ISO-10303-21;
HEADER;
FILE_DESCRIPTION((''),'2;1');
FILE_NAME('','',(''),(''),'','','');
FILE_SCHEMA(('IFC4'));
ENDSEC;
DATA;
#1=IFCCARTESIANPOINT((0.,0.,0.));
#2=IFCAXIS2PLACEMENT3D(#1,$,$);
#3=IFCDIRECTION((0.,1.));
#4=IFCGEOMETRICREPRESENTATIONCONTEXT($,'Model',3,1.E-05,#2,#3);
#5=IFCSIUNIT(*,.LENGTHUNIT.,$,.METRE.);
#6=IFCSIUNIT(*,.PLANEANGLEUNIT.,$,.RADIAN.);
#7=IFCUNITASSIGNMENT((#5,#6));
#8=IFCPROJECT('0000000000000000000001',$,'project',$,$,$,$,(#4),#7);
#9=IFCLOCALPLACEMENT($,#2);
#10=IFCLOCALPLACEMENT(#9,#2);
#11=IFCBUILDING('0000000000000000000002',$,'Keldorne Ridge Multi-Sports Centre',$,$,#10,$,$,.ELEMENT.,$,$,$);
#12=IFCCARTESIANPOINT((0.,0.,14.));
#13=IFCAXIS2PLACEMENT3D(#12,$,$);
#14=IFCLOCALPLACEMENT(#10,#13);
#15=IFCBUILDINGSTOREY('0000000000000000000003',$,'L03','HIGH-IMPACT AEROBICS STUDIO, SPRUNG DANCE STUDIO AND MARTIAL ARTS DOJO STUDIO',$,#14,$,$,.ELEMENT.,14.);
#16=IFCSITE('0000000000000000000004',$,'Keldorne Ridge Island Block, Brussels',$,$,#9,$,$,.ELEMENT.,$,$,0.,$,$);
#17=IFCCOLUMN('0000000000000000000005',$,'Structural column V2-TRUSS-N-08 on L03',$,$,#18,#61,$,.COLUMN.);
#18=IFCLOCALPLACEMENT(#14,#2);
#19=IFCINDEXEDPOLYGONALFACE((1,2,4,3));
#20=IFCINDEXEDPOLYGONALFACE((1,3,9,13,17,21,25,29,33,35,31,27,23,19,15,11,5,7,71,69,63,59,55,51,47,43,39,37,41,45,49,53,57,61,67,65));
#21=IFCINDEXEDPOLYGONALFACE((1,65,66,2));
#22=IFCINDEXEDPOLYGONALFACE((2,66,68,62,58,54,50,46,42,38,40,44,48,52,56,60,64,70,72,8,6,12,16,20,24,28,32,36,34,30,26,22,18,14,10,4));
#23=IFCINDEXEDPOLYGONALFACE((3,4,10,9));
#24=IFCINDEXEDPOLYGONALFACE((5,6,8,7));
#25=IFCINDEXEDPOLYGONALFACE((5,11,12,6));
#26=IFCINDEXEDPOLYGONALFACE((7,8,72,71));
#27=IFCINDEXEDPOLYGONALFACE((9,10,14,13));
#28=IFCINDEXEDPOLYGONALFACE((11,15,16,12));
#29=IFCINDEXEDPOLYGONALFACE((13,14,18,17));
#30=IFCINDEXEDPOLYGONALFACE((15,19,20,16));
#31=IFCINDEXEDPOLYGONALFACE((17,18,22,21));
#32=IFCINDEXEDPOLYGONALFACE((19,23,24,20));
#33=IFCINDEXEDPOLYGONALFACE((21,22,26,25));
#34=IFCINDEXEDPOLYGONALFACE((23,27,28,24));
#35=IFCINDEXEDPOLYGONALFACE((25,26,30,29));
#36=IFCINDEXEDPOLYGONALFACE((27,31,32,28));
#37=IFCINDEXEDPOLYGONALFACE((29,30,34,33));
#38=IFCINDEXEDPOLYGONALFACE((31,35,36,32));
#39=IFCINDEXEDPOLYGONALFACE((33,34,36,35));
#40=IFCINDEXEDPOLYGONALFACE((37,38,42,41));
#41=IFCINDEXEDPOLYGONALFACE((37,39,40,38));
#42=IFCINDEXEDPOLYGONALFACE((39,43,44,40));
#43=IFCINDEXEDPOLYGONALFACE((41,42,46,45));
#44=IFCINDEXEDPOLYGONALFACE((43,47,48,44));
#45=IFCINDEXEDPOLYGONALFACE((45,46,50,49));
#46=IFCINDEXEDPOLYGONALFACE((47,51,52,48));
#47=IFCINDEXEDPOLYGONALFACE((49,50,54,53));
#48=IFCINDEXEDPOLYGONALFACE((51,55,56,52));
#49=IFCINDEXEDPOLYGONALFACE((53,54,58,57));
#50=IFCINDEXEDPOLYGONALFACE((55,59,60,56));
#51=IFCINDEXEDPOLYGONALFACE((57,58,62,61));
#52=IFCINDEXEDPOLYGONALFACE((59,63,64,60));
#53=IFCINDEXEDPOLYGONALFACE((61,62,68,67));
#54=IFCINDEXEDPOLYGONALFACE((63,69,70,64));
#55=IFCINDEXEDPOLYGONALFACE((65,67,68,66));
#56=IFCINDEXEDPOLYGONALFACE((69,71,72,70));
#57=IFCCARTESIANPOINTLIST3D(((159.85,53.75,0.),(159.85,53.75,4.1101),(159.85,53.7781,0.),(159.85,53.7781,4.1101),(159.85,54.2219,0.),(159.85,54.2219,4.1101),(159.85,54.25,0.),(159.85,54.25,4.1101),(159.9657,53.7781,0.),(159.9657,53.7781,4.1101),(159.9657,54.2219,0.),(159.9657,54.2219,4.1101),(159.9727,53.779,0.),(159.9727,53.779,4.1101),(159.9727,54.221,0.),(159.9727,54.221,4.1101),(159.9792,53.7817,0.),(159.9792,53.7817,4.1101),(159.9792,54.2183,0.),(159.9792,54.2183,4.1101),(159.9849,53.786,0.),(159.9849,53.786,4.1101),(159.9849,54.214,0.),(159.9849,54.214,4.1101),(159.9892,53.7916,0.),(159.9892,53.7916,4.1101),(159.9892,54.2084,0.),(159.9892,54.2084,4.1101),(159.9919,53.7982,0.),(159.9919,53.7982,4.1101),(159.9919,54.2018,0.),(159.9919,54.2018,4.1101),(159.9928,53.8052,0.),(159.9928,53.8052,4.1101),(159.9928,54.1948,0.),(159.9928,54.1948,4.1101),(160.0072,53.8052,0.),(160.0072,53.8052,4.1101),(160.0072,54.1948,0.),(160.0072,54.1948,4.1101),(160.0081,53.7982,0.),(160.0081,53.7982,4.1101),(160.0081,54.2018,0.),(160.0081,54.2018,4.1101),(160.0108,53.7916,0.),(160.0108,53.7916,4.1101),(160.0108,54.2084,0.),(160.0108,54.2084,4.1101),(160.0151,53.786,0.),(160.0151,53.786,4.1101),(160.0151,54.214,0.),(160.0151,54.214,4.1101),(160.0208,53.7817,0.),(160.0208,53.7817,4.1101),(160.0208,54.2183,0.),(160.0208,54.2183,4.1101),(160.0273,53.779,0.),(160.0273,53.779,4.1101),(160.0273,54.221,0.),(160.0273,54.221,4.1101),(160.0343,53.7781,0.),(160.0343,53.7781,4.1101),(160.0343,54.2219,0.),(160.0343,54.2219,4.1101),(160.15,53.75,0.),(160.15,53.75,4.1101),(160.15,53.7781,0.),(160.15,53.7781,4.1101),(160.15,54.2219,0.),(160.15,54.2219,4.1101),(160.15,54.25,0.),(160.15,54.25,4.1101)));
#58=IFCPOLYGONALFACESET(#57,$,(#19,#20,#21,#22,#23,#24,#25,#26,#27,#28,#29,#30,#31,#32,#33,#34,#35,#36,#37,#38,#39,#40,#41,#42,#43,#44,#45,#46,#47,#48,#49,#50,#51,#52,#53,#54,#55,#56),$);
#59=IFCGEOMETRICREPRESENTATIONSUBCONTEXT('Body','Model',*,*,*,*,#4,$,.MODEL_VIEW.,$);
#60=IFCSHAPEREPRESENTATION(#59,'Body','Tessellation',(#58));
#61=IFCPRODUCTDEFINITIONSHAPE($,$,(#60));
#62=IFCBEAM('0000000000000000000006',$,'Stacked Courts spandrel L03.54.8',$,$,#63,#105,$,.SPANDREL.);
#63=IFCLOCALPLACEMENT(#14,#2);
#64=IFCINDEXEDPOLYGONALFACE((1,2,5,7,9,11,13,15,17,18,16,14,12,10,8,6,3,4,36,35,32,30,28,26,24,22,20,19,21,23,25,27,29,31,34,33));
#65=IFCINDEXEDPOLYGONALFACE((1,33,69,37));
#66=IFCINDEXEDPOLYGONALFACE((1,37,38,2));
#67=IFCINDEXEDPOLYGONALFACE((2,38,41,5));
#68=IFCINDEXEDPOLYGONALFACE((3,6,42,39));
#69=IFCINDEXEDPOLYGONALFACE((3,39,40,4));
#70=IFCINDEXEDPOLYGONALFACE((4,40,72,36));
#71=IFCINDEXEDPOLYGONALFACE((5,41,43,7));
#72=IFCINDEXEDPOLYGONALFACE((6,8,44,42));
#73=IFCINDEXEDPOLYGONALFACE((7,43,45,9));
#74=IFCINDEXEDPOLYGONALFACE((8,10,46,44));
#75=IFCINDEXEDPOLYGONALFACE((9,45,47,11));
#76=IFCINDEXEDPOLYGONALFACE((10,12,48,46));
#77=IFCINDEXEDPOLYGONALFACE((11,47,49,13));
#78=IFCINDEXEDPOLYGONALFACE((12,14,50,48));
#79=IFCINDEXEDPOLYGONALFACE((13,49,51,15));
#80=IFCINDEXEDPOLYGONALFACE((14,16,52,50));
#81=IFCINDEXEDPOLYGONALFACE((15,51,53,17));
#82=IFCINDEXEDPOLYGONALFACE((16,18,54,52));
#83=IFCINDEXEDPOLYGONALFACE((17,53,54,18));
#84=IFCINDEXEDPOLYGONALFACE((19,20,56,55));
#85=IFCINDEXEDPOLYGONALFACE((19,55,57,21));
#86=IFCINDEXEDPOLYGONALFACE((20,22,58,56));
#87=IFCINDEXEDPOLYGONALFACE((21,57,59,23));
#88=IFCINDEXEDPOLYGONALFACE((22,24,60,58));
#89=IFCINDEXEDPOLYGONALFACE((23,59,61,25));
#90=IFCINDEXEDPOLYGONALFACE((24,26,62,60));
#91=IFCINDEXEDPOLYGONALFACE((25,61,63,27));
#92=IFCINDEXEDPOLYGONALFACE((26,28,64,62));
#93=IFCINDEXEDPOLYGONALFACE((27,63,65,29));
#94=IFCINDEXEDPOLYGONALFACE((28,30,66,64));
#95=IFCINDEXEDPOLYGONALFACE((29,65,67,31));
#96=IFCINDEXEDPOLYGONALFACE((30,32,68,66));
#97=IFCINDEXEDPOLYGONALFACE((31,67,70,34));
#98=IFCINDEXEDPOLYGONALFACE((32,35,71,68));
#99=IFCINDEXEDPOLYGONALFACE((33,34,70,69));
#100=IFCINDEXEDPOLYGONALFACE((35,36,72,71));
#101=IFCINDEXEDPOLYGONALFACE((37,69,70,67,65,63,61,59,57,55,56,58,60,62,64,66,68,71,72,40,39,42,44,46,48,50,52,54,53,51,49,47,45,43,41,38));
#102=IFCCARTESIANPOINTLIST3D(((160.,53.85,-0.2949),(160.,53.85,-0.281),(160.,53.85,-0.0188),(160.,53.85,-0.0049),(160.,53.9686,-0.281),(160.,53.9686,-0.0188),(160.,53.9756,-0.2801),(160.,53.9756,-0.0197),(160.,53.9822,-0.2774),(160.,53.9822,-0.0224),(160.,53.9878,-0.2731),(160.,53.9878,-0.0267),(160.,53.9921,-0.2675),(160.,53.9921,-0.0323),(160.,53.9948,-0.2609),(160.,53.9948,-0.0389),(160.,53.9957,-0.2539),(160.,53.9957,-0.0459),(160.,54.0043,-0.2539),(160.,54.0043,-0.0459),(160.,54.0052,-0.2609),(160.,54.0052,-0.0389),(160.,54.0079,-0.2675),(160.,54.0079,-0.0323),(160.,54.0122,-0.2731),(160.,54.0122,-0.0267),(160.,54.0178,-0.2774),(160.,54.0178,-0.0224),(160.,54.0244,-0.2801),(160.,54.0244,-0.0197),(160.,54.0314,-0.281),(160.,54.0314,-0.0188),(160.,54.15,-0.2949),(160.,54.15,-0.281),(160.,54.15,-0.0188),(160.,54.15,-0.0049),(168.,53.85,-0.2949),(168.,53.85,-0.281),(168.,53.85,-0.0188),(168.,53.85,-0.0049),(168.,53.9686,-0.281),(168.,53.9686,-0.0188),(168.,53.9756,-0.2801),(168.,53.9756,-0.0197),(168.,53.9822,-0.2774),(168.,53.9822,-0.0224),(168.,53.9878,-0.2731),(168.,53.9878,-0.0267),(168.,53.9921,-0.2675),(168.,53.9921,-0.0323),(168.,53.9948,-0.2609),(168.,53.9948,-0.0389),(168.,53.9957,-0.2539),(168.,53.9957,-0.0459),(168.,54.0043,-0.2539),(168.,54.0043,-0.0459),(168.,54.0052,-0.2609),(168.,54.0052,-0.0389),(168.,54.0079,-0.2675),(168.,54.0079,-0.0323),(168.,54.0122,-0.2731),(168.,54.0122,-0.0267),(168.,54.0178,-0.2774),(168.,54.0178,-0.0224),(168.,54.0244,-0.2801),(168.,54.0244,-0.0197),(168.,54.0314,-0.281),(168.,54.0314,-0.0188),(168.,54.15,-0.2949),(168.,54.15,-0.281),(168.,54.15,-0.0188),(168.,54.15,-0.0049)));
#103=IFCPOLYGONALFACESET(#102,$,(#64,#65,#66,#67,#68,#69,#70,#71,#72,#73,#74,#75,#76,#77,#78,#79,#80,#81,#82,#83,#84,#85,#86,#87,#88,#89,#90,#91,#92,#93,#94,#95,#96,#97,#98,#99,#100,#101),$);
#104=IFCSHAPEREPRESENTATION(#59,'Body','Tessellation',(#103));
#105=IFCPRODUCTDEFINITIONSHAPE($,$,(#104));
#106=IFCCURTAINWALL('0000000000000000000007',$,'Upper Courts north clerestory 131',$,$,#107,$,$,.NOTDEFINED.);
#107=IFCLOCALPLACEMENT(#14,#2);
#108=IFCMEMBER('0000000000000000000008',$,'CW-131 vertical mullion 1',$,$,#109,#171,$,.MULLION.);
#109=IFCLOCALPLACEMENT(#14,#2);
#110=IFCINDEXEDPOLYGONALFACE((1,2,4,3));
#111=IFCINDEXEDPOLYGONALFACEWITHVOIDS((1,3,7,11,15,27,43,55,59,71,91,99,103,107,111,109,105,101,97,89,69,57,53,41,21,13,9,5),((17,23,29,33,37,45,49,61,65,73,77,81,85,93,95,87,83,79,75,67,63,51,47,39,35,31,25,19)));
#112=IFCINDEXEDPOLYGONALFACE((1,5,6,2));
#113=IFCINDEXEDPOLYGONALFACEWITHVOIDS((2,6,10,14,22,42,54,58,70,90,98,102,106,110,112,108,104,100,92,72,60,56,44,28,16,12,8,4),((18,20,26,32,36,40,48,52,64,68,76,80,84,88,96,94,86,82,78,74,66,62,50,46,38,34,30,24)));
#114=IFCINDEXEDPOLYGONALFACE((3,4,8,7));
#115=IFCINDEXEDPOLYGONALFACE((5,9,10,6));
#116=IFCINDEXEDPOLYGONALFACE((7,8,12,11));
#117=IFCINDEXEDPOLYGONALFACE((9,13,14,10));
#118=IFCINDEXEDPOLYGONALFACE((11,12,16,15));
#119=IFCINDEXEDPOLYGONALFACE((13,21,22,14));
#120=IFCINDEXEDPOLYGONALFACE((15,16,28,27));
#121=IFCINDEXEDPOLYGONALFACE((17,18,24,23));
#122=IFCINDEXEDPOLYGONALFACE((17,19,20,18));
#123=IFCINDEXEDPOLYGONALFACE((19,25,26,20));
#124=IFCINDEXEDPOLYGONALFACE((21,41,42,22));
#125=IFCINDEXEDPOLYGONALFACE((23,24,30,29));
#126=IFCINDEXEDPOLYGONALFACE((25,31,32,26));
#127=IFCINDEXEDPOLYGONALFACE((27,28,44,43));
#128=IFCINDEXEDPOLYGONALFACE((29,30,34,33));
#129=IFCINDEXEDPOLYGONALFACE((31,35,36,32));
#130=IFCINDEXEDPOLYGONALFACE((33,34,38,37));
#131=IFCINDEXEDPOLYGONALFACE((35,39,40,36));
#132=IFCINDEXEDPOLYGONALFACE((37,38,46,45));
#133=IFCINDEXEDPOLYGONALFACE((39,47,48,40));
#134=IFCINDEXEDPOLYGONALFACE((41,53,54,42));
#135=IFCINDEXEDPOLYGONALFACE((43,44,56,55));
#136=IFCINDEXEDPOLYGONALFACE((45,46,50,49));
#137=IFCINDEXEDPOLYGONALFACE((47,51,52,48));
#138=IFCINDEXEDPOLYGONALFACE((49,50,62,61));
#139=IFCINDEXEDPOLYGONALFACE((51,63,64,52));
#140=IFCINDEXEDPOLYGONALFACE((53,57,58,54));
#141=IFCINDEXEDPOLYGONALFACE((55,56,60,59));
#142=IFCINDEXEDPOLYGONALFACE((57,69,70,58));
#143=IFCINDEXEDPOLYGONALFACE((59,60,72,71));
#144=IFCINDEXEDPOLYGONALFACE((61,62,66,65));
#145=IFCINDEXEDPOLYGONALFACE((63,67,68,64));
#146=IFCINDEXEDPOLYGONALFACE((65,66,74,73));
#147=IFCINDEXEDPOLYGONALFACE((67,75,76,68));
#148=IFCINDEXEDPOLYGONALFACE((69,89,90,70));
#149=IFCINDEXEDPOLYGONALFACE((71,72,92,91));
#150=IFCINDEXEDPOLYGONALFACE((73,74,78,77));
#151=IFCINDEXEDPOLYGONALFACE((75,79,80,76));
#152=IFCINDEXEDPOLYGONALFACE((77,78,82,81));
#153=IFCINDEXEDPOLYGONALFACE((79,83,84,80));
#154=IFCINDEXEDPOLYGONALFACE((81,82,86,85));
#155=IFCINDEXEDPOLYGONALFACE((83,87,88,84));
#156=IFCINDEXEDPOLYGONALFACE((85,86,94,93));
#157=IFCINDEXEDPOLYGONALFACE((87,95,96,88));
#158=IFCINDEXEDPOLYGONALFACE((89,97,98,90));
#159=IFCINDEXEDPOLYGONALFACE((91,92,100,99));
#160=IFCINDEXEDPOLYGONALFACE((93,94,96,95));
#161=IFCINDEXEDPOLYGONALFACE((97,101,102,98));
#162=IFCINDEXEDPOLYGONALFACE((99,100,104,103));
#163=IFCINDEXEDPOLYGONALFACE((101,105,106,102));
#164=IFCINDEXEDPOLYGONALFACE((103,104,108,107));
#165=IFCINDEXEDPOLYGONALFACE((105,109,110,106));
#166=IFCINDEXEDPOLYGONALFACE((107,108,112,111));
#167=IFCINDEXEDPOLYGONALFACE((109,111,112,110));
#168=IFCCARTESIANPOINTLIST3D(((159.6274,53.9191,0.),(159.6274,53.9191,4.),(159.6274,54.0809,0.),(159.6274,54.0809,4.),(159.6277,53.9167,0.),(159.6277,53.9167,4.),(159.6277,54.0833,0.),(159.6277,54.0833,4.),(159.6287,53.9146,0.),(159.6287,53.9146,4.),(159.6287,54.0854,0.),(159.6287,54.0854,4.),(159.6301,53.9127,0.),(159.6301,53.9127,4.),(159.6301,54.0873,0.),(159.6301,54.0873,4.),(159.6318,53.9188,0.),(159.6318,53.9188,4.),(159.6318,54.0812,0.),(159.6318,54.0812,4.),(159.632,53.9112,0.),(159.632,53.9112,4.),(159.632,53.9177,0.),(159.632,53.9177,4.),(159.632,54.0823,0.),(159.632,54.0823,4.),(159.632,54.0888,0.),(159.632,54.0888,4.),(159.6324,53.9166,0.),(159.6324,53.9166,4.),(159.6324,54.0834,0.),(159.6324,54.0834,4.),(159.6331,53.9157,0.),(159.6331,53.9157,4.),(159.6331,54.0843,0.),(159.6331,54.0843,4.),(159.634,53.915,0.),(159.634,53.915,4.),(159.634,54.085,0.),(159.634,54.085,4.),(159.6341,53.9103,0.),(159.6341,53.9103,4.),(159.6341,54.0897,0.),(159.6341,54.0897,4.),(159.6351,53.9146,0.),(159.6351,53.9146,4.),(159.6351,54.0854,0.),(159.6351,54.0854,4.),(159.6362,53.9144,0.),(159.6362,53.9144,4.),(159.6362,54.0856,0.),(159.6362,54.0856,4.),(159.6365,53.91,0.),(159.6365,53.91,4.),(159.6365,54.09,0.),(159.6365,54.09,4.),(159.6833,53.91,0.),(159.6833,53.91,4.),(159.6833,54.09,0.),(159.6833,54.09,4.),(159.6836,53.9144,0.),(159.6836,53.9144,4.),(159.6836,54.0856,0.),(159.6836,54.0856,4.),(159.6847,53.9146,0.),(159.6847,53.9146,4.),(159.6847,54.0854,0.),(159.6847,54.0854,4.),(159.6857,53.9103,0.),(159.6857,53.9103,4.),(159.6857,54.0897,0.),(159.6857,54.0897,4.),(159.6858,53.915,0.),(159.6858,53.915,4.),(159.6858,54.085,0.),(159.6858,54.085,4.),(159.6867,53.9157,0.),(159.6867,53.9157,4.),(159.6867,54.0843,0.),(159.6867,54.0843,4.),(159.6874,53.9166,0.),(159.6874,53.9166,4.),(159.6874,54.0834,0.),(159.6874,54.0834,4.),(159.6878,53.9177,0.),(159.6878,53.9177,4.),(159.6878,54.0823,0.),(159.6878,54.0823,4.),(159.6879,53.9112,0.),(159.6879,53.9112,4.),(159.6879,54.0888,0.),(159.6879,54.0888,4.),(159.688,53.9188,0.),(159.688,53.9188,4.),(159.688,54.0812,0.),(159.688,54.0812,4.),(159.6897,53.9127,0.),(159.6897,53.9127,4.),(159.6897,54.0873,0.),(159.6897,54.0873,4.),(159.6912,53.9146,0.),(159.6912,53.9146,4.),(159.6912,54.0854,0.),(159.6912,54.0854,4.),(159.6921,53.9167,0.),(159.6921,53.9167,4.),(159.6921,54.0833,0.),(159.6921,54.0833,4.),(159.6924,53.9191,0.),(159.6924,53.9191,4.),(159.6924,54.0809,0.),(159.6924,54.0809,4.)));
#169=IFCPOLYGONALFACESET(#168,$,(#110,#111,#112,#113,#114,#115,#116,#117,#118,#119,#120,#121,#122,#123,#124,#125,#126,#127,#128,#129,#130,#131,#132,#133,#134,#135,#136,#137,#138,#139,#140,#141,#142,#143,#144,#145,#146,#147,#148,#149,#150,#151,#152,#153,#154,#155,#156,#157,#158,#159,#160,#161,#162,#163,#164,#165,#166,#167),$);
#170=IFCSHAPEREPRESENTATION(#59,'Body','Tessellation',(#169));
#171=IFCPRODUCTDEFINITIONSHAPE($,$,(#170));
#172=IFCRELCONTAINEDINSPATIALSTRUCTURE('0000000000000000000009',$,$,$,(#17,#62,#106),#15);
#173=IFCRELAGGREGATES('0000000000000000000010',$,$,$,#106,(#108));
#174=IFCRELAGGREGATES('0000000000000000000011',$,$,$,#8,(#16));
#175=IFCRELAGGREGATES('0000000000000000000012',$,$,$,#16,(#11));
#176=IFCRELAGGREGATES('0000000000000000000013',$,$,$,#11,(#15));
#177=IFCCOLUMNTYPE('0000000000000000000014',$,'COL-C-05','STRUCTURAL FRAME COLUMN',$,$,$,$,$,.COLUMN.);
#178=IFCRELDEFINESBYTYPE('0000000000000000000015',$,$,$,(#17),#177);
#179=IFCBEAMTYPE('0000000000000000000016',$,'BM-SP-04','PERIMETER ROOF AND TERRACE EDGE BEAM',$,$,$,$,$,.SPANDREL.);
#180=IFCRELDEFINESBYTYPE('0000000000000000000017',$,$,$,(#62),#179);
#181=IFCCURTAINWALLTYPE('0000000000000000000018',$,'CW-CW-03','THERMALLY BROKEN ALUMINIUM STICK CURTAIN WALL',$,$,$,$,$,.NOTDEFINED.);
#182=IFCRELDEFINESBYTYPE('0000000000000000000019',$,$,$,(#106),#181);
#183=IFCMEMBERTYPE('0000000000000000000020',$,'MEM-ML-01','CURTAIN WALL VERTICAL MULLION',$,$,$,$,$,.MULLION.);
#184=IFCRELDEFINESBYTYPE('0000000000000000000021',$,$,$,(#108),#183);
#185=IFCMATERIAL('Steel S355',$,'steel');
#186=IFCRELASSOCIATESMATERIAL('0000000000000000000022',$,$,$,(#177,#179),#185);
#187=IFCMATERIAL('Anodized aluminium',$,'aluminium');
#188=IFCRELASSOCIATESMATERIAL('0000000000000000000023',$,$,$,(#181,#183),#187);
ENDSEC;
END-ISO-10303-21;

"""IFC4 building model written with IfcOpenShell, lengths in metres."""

from ifc_helpers import new_model, si_unit, direction, frame, origin, origin_2d, place, context, subcontext, project, spatial, hollow_rectangle, i_section, extrude, material, material_profile, profile_set, type_object, element, aggregate, save


model = new_model("IFC4")

# Units and contexts
model_context = context("Model", 3, precision=1e-05, world=origin(), true_north=direction((0.0, 1.0)))
body_context = subcontext(model_context, "Body", "Model", "MODEL_VIEW")
ifc_project = project(units=[si_unit("LENGTHUNIT", "METRE"), si_unit("PLANEANGLEUNIT", "RADIAN")], contexts=[model_context])

# Site, building, storey
site_placement = place(None, origin())
site = spatial("IfcSite", under=ifc_project, at=site_placement, Name="Keldorne Ridge Island Block, Brussels", CompositionType="ELEMENT", RefElevation=0.0)
building_placement = place(site_placement, origin())
building = spatial("IfcBuilding", under=site, at=building_placement, Name="Keldorne Ridge Multi-Sports Centre", CompositionType="ELEMENT")
storey_placement = place(building_placement, frame((0.0, 0.0, 14.0)))
storey = spatial("IfcBuildingStorey", under=building, at=storey_placement, Name="L03", Description="HIGH-IMPACT AEROBICS STUDIO, SPRUNG DANCE STUDIO AND MARTIAL ARTS DOJO STUDIO", CompositionType="ELEMENT", Elevation=14.0)

# Column
ifc_material_1 = material(Name="Steel S355", Category="steel")
ifc_material_profile_1 = material_profile(ifc_material_1, i_section(OverallWidth=0.3, OverallDepth=0.5, WebThickness=0.0144, FlangeThickness=0.0281, FilletRadius=0.0271, at=origin_2d()), Name="HEB 500")
ifc_profile_set_1 = profile_set([ifc_material_profile_1], Name="Steel S355")
column_type = type_object("IfcColumnType", Name="COL-C-05", Description="STRUCTURAL FRAME COLUMN", PredefinedType="COLUMN", material=ifc_profile_set_1)
column_placement = place(storey_placement, frame((160.0, 54.0, 0.0), z_axis=(0.0, 0.0, 1.0), x_axis=(1.0, 0.0, 0.0)))
element("IfcColumn", 1, at=column_placement, inside=storey, type_object=column_type, Name="Structural column V2-TRUSS-N-08 on L03", PredefinedType="COLUMN", context=body_context, shape_type="SweptSolid", body=[
    extrude(i_section(OverallWidth=0.3, OverallDepth=0.5, WebThickness=0.0144, FlangeThickness=0.0281, FilletRadius=0.0271, at=origin_2d()), origin(), (0.0, 0.0, 1.0), 4.1101),
])

# Beam
ifc_material_profile_2 = material_profile(ifc_material_1, i_section(OverallWidth=0.3, OverallDepth=0.29, WebThickness=0.0085, FlangeThickness=0.0139, FilletRadius=0.0271, at=origin_2d()), Name="HEA 300")
ifc_profile_set_2 = profile_set([ifc_material_profile_2], Name="Steel S355")
beam_type = type_object("IfcBeamType", Name="BM-SP-04", Description="PERIMETER ROOF AND TERRACE EDGE BEAM", PredefinedType="SPANDREL", material=ifc_profile_set_2)
beam_placement = place(storey_placement, frame((160.0, 54.0, -0.1499), z_axis=(1.0, 0.0, 0.0), x_axis=(0.0, 1.0, 0.0)))
element("IfcBeam", 2, at=beam_placement, inside=storey, type_object=beam_type, Name="Stacked Courts spandrel L03.54.8", PredefinedType="SPANDREL", context=body_context, shape_type="SweptSolid", body=[
    extrude(i_section(OverallWidth=0.3, OverallDepth=0.29, WebThickness=0.0085, FlangeThickness=0.0139, FilletRadius=0.0271, at=origin_2d()), origin(), (0.0, 0.0, 1.0), 8.0),
])

# Curtain wall, member
ifc_material_2 = material(Name="Anodized aluminium", Category="aluminium")
curtain_wall_type_1 = type_object("IfcCurtainWallType", Name="CW-CW-03", Description="THERMALLY BROKEN ALUMINIUM STICK CURTAIN WALL", PredefinedType="NOTDEFINED", material=ifc_material_2)
curtain_wall_1_placement = place(storey_placement, origin())
curtain_wall_1 = element("IfcCurtainWall", 3, at=curtain_wall_1_placement, inside=storey, type_object=curtain_wall_type_1, Name="Upper Courts north clerestory 131", PredefinedType="NOTDEFINED")
ifc_material_profile_3 = material_profile(ifc_material_2, hollow_rectangle(XDim=0.0649, YDim=0.1799, WallThickness=0.0044, InnerFilletRadius=0.0044, OuterFilletRadius=0.009, at=origin_2d()), Name="ALU MULLION 180x65x4.5")
ifc_profile_set_3 = profile_set([ifc_material_profile_3], Name="Anodized aluminium")
member_type_1 = type_object("IfcMemberType", Name="MEM-ML-01", Description="CURTAIN WALL VERTICAL MULLION", PredefinedType="MULLION", material=ifc_profile_set_3)
member_1_placement = place(storey_placement, frame((159.6599, 54.0, 0.0), z_axis=(0.0, 0.0, 1.0), x_axis=(1.0, 0.0, 0.0)))
member_1 = element("IfcMember", 4, at=member_1_placement, type_object=member_type_1, Name="CW-131 vertical mullion 1", PredefinedType="MULLION", context=body_context, shape_type="SweptSolid", body=[
    extrude(hollow_rectangle(XDim=0.0649, YDim=0.1799, WallThickness=0.0044, InnerFilletRadius=0.0044, OuterFilletRadius=0.009, at=origin_2d()), origin(), (0.0, 0.0, 1.0), 4.0),
])

aggregate(curtain_wall_1, [member_1])

save(model, "model.ifc")
